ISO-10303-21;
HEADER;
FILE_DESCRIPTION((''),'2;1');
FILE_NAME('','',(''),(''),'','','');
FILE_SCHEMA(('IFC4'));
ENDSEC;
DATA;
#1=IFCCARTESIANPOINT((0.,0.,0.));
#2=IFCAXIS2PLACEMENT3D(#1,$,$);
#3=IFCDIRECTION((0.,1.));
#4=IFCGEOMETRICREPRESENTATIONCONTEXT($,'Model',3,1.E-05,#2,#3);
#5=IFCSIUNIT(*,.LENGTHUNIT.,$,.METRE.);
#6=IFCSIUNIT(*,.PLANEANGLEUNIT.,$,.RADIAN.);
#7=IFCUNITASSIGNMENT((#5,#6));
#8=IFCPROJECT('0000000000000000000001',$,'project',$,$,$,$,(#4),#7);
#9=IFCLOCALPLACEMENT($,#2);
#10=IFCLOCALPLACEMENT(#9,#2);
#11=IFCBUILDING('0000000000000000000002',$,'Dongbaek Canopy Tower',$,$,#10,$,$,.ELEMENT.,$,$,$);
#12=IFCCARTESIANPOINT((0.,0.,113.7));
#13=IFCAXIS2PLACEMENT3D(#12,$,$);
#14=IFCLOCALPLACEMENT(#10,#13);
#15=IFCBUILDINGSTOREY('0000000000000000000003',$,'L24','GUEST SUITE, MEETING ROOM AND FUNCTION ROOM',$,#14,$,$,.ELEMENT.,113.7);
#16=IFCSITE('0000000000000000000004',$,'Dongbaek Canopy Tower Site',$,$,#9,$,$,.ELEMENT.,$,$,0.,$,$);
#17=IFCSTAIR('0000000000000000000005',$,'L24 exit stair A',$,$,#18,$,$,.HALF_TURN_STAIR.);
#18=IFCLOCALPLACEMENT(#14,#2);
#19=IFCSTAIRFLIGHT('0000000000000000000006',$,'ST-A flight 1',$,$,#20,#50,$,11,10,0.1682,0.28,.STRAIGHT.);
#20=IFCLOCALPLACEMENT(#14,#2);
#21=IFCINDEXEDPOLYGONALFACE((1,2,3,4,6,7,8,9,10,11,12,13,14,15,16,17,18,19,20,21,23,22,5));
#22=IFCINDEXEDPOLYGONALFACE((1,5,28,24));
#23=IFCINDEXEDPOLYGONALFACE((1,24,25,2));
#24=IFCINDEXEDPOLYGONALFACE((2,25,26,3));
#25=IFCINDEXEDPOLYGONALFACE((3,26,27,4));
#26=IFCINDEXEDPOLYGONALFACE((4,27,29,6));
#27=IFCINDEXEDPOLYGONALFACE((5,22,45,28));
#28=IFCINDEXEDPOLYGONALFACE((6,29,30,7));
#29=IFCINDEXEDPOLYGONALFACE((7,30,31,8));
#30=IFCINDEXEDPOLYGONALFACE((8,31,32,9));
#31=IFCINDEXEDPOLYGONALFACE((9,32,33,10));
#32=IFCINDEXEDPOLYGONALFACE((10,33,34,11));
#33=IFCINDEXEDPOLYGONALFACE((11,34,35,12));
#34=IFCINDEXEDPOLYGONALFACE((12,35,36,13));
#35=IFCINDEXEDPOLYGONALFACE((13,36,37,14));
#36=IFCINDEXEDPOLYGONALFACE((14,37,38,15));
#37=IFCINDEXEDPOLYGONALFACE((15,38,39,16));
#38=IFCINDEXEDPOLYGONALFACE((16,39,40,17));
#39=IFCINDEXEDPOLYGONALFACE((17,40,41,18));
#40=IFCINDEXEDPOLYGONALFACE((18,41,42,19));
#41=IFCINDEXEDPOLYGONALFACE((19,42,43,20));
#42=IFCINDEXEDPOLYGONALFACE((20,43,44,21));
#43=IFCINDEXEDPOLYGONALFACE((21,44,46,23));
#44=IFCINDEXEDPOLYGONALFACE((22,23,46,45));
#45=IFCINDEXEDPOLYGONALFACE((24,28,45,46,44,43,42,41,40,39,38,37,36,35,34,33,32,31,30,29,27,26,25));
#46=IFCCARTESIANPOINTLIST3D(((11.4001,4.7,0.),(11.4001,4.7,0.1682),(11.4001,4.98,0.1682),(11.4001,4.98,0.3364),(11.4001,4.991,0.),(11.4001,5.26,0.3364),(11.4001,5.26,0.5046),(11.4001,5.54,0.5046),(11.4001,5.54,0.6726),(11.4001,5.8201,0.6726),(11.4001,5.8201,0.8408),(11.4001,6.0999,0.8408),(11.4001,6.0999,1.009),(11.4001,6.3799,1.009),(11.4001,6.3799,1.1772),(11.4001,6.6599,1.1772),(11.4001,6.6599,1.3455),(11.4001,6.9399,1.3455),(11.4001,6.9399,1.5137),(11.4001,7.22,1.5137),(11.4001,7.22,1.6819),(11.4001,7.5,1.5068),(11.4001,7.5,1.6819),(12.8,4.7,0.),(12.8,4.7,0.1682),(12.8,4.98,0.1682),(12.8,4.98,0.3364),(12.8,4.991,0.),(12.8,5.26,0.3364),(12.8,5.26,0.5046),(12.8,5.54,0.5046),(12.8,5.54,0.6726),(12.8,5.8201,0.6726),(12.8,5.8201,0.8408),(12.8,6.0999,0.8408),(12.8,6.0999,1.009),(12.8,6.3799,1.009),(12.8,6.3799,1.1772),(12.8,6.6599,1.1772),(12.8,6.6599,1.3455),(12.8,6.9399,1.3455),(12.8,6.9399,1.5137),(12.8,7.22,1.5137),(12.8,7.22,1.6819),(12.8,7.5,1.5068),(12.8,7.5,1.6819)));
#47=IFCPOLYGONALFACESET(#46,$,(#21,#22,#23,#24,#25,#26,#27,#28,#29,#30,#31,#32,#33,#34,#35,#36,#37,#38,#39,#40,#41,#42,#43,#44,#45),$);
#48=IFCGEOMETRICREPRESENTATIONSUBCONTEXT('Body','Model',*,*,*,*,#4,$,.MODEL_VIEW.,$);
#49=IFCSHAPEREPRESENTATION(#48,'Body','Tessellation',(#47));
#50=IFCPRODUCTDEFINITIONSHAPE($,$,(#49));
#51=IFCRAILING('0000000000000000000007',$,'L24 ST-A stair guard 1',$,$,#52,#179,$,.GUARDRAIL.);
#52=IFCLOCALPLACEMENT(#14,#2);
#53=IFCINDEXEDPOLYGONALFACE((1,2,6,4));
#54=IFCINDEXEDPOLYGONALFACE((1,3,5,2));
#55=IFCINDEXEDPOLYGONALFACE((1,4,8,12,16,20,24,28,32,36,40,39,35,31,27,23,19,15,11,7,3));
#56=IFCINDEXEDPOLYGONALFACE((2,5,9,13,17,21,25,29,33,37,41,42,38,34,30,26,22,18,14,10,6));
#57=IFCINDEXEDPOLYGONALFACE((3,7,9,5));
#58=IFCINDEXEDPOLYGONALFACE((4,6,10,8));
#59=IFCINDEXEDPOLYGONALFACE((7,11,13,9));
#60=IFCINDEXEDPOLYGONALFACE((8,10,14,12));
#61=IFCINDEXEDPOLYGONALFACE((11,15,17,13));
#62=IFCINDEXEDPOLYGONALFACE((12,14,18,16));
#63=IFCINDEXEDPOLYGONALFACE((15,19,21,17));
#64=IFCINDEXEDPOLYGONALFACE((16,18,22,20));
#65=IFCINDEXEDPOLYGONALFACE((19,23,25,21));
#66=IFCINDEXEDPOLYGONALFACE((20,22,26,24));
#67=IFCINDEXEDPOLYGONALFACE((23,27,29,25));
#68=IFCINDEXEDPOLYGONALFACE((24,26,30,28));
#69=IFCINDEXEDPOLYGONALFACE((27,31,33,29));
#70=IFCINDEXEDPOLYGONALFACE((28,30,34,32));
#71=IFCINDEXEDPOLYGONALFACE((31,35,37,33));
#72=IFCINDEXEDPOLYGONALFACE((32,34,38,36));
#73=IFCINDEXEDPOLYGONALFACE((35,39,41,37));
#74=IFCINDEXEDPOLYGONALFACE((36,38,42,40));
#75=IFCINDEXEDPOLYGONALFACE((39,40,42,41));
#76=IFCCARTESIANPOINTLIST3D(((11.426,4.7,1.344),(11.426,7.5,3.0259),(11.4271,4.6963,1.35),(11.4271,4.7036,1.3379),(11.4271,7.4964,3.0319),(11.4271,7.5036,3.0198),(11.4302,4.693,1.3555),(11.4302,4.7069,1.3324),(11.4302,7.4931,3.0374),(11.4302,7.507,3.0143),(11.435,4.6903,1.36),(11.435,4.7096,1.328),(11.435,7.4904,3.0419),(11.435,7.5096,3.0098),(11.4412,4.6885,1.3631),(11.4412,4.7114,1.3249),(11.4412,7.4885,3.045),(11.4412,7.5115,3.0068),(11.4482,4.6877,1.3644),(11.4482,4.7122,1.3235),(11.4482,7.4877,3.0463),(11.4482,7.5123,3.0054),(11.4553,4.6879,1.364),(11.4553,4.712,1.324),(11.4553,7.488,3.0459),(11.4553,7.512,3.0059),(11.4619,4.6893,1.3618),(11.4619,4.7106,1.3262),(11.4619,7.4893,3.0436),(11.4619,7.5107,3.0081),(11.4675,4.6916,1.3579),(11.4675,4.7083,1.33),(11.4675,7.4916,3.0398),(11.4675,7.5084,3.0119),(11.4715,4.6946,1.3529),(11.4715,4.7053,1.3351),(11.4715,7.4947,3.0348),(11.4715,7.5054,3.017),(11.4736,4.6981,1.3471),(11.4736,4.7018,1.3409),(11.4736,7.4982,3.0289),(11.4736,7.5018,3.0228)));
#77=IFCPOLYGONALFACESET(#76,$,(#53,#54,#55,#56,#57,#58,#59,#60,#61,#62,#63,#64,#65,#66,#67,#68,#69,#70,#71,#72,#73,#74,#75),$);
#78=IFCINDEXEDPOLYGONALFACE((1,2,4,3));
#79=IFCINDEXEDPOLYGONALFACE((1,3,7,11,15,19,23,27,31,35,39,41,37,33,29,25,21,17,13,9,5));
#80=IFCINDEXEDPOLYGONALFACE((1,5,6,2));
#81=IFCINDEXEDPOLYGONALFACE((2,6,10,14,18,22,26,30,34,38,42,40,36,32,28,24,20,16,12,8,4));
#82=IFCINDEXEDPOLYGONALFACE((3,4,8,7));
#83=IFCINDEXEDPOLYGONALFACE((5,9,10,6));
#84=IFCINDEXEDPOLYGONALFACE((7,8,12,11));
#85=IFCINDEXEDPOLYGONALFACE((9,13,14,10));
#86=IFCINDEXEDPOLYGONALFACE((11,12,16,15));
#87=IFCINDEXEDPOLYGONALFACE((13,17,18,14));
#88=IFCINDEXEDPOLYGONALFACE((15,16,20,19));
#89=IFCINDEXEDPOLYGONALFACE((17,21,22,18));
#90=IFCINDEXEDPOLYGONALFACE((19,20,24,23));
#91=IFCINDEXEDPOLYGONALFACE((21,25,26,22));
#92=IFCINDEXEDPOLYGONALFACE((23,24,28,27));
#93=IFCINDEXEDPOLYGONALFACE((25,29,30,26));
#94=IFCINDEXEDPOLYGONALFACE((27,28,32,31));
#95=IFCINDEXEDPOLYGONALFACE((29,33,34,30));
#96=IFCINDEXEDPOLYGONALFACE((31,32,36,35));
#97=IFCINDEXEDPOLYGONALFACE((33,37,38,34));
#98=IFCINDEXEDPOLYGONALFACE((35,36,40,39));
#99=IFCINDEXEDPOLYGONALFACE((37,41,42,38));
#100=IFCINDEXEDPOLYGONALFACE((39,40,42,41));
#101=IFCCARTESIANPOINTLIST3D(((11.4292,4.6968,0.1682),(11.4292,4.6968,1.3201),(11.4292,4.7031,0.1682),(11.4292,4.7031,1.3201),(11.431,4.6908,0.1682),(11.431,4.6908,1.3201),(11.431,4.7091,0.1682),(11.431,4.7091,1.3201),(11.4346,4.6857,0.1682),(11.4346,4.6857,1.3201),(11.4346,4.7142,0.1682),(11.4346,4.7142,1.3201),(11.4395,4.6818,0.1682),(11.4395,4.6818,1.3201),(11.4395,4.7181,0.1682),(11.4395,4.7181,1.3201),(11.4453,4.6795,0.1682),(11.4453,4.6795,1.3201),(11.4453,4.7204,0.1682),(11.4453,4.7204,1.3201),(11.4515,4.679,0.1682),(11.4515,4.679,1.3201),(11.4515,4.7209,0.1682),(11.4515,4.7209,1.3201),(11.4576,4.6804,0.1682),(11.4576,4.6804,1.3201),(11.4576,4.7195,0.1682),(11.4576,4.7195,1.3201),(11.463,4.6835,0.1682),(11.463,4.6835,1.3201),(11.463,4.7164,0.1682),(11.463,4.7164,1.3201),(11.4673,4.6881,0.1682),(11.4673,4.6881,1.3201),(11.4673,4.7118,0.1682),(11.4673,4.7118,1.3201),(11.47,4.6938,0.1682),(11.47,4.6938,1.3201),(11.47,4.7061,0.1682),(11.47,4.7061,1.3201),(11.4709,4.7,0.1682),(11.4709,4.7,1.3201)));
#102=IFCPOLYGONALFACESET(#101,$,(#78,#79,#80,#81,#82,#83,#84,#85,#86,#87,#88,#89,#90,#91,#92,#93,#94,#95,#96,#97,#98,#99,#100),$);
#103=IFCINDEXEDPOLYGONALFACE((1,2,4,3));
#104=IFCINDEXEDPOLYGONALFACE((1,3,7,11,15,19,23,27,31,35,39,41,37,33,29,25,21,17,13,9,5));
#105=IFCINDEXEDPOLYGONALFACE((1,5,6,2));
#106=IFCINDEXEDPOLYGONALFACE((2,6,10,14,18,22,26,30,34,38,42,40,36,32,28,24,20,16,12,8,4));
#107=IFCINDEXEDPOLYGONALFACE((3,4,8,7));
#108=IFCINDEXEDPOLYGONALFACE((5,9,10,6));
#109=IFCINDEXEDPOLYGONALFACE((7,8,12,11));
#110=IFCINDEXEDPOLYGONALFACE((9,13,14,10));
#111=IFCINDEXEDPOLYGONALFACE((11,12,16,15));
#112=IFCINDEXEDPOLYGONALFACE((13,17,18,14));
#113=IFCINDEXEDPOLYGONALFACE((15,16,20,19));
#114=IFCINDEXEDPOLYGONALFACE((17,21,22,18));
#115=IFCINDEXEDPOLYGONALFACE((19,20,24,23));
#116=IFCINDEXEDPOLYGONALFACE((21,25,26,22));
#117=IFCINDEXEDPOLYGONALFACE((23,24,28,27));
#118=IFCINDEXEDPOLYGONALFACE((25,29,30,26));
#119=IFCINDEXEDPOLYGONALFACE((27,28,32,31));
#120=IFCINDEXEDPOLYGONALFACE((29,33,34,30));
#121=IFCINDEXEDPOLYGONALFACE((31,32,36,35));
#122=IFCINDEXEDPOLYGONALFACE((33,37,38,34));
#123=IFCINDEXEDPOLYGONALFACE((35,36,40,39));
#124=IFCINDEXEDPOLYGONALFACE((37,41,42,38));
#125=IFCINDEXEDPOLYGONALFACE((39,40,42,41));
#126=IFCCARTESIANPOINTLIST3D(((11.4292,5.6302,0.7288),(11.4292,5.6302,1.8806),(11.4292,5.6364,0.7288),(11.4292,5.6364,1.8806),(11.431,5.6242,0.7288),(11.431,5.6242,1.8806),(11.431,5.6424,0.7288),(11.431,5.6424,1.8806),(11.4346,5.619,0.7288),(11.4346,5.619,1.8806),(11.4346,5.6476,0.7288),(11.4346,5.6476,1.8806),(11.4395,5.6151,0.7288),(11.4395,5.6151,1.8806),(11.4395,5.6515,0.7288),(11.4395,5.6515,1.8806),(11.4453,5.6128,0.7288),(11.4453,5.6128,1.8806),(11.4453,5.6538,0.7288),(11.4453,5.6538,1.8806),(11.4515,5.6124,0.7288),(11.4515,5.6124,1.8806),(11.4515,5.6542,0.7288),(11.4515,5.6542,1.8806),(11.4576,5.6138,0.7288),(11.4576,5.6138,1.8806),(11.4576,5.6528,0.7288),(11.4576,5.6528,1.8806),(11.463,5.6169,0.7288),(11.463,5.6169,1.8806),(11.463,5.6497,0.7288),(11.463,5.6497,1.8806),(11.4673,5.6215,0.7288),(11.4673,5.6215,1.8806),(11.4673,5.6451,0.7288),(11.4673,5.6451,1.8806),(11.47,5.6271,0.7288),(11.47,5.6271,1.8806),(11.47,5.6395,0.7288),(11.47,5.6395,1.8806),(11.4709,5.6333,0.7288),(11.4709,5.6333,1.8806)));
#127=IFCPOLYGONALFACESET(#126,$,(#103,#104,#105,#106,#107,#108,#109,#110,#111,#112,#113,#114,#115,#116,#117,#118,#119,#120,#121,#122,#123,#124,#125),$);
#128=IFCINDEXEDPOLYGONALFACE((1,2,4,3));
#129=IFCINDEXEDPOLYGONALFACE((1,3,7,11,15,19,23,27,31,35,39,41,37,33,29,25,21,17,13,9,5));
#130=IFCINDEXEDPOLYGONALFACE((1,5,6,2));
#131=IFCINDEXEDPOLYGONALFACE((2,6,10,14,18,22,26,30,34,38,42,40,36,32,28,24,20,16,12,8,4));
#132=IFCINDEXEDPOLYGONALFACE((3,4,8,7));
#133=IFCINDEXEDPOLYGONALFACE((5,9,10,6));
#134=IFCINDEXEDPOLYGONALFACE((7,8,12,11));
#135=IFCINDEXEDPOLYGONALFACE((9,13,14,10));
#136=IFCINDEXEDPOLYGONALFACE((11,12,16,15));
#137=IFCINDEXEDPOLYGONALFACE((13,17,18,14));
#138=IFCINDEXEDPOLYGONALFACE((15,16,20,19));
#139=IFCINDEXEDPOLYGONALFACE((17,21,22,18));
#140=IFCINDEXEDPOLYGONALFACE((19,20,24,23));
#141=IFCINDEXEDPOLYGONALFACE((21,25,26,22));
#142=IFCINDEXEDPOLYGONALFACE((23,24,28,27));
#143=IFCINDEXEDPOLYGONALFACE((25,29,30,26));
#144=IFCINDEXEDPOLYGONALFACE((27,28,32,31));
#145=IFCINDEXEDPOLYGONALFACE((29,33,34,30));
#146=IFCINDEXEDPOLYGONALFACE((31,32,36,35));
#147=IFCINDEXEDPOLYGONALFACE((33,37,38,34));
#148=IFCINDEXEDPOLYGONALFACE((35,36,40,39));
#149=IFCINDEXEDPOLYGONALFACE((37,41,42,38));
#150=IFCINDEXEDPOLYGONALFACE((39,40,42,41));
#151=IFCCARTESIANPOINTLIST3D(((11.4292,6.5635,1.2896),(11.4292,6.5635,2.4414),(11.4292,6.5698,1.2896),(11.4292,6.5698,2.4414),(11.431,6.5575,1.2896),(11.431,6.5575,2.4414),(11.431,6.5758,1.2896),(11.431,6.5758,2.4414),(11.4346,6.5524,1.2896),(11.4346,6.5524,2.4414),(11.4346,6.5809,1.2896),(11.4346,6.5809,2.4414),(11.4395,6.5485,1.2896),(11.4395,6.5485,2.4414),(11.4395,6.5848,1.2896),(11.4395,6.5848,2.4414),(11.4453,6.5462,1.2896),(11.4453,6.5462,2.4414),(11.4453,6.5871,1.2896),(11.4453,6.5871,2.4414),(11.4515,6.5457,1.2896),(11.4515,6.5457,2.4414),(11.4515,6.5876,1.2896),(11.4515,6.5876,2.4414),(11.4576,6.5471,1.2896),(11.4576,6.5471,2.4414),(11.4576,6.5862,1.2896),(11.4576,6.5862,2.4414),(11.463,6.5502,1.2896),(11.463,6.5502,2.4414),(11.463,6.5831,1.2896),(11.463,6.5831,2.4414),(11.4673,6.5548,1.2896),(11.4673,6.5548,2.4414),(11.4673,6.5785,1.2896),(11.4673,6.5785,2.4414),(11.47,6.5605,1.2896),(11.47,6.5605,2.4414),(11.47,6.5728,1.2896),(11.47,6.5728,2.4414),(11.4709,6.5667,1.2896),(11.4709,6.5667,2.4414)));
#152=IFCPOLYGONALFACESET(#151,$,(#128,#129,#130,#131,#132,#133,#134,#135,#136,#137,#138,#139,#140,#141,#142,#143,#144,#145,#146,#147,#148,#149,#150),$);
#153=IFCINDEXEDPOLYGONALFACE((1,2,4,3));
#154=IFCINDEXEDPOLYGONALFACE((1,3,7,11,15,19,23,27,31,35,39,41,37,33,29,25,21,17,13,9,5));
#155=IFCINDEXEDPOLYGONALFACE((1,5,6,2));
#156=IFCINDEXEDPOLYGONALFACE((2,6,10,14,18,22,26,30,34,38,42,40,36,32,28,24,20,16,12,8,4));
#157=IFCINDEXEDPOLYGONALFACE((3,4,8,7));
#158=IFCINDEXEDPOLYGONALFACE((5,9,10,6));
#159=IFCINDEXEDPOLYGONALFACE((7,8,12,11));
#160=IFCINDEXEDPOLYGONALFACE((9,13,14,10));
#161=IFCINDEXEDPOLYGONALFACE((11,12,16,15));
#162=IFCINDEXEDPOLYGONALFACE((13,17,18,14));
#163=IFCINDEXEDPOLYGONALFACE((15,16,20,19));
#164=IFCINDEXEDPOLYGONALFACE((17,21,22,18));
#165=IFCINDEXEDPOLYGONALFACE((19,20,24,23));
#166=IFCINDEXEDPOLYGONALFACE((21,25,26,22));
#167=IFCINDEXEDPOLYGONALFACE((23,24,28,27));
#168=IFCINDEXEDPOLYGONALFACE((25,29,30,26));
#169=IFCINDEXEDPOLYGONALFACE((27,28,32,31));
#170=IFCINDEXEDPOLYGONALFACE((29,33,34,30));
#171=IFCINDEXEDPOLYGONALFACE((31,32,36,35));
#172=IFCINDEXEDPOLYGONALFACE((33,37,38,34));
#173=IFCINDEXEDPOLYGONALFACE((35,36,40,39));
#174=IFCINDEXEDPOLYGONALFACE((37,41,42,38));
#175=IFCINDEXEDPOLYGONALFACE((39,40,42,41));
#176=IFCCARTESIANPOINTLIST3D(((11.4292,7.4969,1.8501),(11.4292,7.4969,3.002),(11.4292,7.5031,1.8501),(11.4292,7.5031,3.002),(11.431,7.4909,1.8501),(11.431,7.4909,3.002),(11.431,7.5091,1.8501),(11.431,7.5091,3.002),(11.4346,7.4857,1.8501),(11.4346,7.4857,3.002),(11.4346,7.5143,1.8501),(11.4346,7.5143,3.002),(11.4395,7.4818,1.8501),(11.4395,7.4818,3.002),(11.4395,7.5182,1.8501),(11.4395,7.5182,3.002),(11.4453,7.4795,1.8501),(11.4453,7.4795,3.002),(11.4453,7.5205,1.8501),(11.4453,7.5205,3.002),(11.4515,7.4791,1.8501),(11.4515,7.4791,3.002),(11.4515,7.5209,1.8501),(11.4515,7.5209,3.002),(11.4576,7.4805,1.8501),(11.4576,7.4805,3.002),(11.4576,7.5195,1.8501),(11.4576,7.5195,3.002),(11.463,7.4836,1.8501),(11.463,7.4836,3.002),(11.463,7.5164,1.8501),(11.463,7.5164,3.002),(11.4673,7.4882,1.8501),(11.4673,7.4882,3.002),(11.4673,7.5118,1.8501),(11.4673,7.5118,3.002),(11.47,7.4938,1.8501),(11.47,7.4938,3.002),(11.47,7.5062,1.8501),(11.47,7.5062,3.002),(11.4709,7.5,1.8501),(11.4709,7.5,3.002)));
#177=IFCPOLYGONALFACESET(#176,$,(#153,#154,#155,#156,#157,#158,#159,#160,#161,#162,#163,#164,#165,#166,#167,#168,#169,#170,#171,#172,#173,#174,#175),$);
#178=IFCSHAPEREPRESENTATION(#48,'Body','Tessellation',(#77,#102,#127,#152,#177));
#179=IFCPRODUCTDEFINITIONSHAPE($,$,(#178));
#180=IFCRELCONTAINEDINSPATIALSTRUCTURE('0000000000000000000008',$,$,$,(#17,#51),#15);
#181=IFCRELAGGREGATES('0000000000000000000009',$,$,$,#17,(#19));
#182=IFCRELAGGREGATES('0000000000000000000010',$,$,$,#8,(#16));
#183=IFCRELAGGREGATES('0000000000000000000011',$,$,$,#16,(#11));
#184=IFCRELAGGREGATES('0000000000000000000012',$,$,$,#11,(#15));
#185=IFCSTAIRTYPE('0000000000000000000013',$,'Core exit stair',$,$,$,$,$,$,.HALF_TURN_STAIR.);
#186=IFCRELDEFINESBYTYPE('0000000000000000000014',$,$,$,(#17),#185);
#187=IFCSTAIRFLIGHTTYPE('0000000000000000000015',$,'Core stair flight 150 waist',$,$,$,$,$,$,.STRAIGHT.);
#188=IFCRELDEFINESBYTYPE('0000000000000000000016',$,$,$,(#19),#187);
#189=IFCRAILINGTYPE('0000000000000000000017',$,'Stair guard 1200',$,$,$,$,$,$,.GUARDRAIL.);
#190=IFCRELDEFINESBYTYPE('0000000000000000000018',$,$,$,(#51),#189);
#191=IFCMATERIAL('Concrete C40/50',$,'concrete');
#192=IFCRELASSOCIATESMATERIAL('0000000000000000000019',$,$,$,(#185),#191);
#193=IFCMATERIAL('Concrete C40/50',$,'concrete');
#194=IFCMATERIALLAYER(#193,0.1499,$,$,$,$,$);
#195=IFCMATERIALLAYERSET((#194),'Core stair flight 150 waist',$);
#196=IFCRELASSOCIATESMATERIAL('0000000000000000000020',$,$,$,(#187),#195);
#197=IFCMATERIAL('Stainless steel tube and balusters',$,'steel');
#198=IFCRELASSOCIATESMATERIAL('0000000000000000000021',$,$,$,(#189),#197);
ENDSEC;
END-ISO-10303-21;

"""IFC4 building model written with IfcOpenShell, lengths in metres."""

from ifc_helpers import new_model, si_unit, direction, frame, origin, origin_2d, place, context, subcontext, project, spatial, polyline, circle, outline, extrude, material, layer, layer_set, type_object, element, aggregate, save


model = new_model("IFC4")

# Units and contexts
model_context = context("Model", 3, precision=1e-05, world=origin(), true_north=direction((0.0, 1.0)))
body_context = subcontext(model_context, "Body", "Model", "MODEL_VIEW")
ifc_project = project(units=[si_unit("LENGTHUNIT", "METRE"), si_unit("PLANEANGLEUNIT", "RADIAN")], contexts=[model_context])

# Site, building, storey
site_placement = place(None, origin())
site = spatial("IfcSite", under=ifc_project, at=site_placement, Name="Dongbaek Canopy Tower Site", CompositionType="ELEMENT", RefElevation=0.0)
building_placement = place(site_placement, origin())
building = spatial("IfcBuilding", under=site, at=building_placement, Name="Dongbaek Canopy Tower", CompositionType="ELEMENT")
storey_placement = place(building_placement, frame((0.0, 0.0, 113.7)))
storey = spatial("IfcBuildingStorey", under=building, at=storey_placement, Name="L24", Description="GUEST SUITE, MEETING ROOM AND FUNCTION ROOM", CompositionType="ELEMENT", Elevation=113.7)

# Stair, stair flight
ifc_material_1 = material(Name="Concrete C40/50", Category="concrete")
stair_type = type_object("IfcStairType", Name="Core exit stair", PredefinedType="HALF_TURN_STAIR", material=ifc_material_1)
stair_placement = place(storey_placement, origin())
stair = element("IfcStair", 1, at=stair_placement, inside=storey, type_object=stair_type, Name="L24 exit stair A", PredefinedType="HALF_TURN_STAIR")
ifc_material_2 = material(Name="Concrete C40/50", Category="concrete")
ifc_layer_1 = layer(ifc_material_2, 0.1499)
ifc_layer_set_1 = layer_set([ifc_layer_1], Name="Core stair flight 150 waist")
stair_flight_type = type_object("IfcStairFlightType", Name="Core stair flight 150 waist", PredefinedType="STRAIGHT", material=ifc_layer_set_1)
stair_flight_placement = place(storey_placement, frame((12.1001, 4.7, 0.0), z_axis=(0.0, 0.0, 1.0), x_axis=(0.0, 1.0, 0.0)))
stair_flight = element("IfcStairFlight", 2, at=stair_flight_placement, type_object=stair_flight_type, Name="ST-A flight 1", NumberOfRisers=11, NumberOfTreads=10, PredefinedType="STRAIGHT", RiserHeight=0.1682, TreadLength=0.28, context=body_context, shape_type="SweptSolid", body=[
    extrude(outline(polyline([(0.0, 0.0), (0.0, 0.1682), (0.28, 0.1682), (0.28, 0.3364), (0.5601, 0.3364), (0.5601, 0.5046), (0.8401, 0.5046), (0.8401, 0.6726), (1.1201, 0.6726), (1.1201, 0.8408), (1.3999, 0.8408), (1.3999, 1.009), (1.6799, 1.009), (1.6799, 1.1772), (1.96, 1.1772), (1.96, 1.3455), (2.24, 1.3455), (2.24, 1.5137), (2.52, 1.5137), (2.52, 1.6819), (2.8, 1.6819), (2.8, 1.8501), (2.8, 1.5068), (0.291, 0.0), (0.0, 0.0)])), frame((0.0, 0.7, 0.0), z_axis=(0.0, -1.0, 0.0), x_axis=(1.0, 0.0, 0.0)), (0.0, 0.0, 1.0), 1.3999),
])
aggregate(stair, [stair_flight])

# Railing
ifc_material_3 = material(Name="Stainless steel tube and balusters", Category="steel")
railing_type_1 = type_object("IfcRailingType", Name="Stair guard 1200", PredefinedType="GUARDRAIL", material=ifc_material_3)
railing_1_placement = place(storey_placement, frame((11.45, 4.7, 0.1682)))
element("IfcRailing", 3, at=railing_1_placement, inside=storey, type_object=railing_type_1, Name="L24 ST-A stair guard 1", PredefinedType="GUARDRAIL", context=body_context, shape_type="SweptSolid", body=[
    extrude(circle(Radius=0.0239, at=origin_2d()), frame((0.0, 0.0, 1.1758), z_axis=(0.0, 0.857242, 0.514913), x_axis=(-1.0, 0.0, 0.0)), (0.0, 0.0, 1.0), 3.2664),
    extrude(circle(Radius=0.021, at=origin_2d()), origin(), (0.0, 0.0, 1.0), 1.1519),
    extrude(circle(Radius=0.021, at=origin_2d()), frame((0.0, 0.9333, 0.5605)), (0.0, 0.0, 1.0), 1.1519),
    extrude(circle(Radius=0.021, at=origin_2d()), frame((0.0, 1.8667, 1.1213)), (0.0, 0.0, 1.0), 1.1519),
    extrude(circle(Radius=0.021, at=origin_2d()), frame((0.0, 2.8, 1.6819)), (0.0, 0.0, 1.0), 1.1519),
])

save(model, "model.ifc")
